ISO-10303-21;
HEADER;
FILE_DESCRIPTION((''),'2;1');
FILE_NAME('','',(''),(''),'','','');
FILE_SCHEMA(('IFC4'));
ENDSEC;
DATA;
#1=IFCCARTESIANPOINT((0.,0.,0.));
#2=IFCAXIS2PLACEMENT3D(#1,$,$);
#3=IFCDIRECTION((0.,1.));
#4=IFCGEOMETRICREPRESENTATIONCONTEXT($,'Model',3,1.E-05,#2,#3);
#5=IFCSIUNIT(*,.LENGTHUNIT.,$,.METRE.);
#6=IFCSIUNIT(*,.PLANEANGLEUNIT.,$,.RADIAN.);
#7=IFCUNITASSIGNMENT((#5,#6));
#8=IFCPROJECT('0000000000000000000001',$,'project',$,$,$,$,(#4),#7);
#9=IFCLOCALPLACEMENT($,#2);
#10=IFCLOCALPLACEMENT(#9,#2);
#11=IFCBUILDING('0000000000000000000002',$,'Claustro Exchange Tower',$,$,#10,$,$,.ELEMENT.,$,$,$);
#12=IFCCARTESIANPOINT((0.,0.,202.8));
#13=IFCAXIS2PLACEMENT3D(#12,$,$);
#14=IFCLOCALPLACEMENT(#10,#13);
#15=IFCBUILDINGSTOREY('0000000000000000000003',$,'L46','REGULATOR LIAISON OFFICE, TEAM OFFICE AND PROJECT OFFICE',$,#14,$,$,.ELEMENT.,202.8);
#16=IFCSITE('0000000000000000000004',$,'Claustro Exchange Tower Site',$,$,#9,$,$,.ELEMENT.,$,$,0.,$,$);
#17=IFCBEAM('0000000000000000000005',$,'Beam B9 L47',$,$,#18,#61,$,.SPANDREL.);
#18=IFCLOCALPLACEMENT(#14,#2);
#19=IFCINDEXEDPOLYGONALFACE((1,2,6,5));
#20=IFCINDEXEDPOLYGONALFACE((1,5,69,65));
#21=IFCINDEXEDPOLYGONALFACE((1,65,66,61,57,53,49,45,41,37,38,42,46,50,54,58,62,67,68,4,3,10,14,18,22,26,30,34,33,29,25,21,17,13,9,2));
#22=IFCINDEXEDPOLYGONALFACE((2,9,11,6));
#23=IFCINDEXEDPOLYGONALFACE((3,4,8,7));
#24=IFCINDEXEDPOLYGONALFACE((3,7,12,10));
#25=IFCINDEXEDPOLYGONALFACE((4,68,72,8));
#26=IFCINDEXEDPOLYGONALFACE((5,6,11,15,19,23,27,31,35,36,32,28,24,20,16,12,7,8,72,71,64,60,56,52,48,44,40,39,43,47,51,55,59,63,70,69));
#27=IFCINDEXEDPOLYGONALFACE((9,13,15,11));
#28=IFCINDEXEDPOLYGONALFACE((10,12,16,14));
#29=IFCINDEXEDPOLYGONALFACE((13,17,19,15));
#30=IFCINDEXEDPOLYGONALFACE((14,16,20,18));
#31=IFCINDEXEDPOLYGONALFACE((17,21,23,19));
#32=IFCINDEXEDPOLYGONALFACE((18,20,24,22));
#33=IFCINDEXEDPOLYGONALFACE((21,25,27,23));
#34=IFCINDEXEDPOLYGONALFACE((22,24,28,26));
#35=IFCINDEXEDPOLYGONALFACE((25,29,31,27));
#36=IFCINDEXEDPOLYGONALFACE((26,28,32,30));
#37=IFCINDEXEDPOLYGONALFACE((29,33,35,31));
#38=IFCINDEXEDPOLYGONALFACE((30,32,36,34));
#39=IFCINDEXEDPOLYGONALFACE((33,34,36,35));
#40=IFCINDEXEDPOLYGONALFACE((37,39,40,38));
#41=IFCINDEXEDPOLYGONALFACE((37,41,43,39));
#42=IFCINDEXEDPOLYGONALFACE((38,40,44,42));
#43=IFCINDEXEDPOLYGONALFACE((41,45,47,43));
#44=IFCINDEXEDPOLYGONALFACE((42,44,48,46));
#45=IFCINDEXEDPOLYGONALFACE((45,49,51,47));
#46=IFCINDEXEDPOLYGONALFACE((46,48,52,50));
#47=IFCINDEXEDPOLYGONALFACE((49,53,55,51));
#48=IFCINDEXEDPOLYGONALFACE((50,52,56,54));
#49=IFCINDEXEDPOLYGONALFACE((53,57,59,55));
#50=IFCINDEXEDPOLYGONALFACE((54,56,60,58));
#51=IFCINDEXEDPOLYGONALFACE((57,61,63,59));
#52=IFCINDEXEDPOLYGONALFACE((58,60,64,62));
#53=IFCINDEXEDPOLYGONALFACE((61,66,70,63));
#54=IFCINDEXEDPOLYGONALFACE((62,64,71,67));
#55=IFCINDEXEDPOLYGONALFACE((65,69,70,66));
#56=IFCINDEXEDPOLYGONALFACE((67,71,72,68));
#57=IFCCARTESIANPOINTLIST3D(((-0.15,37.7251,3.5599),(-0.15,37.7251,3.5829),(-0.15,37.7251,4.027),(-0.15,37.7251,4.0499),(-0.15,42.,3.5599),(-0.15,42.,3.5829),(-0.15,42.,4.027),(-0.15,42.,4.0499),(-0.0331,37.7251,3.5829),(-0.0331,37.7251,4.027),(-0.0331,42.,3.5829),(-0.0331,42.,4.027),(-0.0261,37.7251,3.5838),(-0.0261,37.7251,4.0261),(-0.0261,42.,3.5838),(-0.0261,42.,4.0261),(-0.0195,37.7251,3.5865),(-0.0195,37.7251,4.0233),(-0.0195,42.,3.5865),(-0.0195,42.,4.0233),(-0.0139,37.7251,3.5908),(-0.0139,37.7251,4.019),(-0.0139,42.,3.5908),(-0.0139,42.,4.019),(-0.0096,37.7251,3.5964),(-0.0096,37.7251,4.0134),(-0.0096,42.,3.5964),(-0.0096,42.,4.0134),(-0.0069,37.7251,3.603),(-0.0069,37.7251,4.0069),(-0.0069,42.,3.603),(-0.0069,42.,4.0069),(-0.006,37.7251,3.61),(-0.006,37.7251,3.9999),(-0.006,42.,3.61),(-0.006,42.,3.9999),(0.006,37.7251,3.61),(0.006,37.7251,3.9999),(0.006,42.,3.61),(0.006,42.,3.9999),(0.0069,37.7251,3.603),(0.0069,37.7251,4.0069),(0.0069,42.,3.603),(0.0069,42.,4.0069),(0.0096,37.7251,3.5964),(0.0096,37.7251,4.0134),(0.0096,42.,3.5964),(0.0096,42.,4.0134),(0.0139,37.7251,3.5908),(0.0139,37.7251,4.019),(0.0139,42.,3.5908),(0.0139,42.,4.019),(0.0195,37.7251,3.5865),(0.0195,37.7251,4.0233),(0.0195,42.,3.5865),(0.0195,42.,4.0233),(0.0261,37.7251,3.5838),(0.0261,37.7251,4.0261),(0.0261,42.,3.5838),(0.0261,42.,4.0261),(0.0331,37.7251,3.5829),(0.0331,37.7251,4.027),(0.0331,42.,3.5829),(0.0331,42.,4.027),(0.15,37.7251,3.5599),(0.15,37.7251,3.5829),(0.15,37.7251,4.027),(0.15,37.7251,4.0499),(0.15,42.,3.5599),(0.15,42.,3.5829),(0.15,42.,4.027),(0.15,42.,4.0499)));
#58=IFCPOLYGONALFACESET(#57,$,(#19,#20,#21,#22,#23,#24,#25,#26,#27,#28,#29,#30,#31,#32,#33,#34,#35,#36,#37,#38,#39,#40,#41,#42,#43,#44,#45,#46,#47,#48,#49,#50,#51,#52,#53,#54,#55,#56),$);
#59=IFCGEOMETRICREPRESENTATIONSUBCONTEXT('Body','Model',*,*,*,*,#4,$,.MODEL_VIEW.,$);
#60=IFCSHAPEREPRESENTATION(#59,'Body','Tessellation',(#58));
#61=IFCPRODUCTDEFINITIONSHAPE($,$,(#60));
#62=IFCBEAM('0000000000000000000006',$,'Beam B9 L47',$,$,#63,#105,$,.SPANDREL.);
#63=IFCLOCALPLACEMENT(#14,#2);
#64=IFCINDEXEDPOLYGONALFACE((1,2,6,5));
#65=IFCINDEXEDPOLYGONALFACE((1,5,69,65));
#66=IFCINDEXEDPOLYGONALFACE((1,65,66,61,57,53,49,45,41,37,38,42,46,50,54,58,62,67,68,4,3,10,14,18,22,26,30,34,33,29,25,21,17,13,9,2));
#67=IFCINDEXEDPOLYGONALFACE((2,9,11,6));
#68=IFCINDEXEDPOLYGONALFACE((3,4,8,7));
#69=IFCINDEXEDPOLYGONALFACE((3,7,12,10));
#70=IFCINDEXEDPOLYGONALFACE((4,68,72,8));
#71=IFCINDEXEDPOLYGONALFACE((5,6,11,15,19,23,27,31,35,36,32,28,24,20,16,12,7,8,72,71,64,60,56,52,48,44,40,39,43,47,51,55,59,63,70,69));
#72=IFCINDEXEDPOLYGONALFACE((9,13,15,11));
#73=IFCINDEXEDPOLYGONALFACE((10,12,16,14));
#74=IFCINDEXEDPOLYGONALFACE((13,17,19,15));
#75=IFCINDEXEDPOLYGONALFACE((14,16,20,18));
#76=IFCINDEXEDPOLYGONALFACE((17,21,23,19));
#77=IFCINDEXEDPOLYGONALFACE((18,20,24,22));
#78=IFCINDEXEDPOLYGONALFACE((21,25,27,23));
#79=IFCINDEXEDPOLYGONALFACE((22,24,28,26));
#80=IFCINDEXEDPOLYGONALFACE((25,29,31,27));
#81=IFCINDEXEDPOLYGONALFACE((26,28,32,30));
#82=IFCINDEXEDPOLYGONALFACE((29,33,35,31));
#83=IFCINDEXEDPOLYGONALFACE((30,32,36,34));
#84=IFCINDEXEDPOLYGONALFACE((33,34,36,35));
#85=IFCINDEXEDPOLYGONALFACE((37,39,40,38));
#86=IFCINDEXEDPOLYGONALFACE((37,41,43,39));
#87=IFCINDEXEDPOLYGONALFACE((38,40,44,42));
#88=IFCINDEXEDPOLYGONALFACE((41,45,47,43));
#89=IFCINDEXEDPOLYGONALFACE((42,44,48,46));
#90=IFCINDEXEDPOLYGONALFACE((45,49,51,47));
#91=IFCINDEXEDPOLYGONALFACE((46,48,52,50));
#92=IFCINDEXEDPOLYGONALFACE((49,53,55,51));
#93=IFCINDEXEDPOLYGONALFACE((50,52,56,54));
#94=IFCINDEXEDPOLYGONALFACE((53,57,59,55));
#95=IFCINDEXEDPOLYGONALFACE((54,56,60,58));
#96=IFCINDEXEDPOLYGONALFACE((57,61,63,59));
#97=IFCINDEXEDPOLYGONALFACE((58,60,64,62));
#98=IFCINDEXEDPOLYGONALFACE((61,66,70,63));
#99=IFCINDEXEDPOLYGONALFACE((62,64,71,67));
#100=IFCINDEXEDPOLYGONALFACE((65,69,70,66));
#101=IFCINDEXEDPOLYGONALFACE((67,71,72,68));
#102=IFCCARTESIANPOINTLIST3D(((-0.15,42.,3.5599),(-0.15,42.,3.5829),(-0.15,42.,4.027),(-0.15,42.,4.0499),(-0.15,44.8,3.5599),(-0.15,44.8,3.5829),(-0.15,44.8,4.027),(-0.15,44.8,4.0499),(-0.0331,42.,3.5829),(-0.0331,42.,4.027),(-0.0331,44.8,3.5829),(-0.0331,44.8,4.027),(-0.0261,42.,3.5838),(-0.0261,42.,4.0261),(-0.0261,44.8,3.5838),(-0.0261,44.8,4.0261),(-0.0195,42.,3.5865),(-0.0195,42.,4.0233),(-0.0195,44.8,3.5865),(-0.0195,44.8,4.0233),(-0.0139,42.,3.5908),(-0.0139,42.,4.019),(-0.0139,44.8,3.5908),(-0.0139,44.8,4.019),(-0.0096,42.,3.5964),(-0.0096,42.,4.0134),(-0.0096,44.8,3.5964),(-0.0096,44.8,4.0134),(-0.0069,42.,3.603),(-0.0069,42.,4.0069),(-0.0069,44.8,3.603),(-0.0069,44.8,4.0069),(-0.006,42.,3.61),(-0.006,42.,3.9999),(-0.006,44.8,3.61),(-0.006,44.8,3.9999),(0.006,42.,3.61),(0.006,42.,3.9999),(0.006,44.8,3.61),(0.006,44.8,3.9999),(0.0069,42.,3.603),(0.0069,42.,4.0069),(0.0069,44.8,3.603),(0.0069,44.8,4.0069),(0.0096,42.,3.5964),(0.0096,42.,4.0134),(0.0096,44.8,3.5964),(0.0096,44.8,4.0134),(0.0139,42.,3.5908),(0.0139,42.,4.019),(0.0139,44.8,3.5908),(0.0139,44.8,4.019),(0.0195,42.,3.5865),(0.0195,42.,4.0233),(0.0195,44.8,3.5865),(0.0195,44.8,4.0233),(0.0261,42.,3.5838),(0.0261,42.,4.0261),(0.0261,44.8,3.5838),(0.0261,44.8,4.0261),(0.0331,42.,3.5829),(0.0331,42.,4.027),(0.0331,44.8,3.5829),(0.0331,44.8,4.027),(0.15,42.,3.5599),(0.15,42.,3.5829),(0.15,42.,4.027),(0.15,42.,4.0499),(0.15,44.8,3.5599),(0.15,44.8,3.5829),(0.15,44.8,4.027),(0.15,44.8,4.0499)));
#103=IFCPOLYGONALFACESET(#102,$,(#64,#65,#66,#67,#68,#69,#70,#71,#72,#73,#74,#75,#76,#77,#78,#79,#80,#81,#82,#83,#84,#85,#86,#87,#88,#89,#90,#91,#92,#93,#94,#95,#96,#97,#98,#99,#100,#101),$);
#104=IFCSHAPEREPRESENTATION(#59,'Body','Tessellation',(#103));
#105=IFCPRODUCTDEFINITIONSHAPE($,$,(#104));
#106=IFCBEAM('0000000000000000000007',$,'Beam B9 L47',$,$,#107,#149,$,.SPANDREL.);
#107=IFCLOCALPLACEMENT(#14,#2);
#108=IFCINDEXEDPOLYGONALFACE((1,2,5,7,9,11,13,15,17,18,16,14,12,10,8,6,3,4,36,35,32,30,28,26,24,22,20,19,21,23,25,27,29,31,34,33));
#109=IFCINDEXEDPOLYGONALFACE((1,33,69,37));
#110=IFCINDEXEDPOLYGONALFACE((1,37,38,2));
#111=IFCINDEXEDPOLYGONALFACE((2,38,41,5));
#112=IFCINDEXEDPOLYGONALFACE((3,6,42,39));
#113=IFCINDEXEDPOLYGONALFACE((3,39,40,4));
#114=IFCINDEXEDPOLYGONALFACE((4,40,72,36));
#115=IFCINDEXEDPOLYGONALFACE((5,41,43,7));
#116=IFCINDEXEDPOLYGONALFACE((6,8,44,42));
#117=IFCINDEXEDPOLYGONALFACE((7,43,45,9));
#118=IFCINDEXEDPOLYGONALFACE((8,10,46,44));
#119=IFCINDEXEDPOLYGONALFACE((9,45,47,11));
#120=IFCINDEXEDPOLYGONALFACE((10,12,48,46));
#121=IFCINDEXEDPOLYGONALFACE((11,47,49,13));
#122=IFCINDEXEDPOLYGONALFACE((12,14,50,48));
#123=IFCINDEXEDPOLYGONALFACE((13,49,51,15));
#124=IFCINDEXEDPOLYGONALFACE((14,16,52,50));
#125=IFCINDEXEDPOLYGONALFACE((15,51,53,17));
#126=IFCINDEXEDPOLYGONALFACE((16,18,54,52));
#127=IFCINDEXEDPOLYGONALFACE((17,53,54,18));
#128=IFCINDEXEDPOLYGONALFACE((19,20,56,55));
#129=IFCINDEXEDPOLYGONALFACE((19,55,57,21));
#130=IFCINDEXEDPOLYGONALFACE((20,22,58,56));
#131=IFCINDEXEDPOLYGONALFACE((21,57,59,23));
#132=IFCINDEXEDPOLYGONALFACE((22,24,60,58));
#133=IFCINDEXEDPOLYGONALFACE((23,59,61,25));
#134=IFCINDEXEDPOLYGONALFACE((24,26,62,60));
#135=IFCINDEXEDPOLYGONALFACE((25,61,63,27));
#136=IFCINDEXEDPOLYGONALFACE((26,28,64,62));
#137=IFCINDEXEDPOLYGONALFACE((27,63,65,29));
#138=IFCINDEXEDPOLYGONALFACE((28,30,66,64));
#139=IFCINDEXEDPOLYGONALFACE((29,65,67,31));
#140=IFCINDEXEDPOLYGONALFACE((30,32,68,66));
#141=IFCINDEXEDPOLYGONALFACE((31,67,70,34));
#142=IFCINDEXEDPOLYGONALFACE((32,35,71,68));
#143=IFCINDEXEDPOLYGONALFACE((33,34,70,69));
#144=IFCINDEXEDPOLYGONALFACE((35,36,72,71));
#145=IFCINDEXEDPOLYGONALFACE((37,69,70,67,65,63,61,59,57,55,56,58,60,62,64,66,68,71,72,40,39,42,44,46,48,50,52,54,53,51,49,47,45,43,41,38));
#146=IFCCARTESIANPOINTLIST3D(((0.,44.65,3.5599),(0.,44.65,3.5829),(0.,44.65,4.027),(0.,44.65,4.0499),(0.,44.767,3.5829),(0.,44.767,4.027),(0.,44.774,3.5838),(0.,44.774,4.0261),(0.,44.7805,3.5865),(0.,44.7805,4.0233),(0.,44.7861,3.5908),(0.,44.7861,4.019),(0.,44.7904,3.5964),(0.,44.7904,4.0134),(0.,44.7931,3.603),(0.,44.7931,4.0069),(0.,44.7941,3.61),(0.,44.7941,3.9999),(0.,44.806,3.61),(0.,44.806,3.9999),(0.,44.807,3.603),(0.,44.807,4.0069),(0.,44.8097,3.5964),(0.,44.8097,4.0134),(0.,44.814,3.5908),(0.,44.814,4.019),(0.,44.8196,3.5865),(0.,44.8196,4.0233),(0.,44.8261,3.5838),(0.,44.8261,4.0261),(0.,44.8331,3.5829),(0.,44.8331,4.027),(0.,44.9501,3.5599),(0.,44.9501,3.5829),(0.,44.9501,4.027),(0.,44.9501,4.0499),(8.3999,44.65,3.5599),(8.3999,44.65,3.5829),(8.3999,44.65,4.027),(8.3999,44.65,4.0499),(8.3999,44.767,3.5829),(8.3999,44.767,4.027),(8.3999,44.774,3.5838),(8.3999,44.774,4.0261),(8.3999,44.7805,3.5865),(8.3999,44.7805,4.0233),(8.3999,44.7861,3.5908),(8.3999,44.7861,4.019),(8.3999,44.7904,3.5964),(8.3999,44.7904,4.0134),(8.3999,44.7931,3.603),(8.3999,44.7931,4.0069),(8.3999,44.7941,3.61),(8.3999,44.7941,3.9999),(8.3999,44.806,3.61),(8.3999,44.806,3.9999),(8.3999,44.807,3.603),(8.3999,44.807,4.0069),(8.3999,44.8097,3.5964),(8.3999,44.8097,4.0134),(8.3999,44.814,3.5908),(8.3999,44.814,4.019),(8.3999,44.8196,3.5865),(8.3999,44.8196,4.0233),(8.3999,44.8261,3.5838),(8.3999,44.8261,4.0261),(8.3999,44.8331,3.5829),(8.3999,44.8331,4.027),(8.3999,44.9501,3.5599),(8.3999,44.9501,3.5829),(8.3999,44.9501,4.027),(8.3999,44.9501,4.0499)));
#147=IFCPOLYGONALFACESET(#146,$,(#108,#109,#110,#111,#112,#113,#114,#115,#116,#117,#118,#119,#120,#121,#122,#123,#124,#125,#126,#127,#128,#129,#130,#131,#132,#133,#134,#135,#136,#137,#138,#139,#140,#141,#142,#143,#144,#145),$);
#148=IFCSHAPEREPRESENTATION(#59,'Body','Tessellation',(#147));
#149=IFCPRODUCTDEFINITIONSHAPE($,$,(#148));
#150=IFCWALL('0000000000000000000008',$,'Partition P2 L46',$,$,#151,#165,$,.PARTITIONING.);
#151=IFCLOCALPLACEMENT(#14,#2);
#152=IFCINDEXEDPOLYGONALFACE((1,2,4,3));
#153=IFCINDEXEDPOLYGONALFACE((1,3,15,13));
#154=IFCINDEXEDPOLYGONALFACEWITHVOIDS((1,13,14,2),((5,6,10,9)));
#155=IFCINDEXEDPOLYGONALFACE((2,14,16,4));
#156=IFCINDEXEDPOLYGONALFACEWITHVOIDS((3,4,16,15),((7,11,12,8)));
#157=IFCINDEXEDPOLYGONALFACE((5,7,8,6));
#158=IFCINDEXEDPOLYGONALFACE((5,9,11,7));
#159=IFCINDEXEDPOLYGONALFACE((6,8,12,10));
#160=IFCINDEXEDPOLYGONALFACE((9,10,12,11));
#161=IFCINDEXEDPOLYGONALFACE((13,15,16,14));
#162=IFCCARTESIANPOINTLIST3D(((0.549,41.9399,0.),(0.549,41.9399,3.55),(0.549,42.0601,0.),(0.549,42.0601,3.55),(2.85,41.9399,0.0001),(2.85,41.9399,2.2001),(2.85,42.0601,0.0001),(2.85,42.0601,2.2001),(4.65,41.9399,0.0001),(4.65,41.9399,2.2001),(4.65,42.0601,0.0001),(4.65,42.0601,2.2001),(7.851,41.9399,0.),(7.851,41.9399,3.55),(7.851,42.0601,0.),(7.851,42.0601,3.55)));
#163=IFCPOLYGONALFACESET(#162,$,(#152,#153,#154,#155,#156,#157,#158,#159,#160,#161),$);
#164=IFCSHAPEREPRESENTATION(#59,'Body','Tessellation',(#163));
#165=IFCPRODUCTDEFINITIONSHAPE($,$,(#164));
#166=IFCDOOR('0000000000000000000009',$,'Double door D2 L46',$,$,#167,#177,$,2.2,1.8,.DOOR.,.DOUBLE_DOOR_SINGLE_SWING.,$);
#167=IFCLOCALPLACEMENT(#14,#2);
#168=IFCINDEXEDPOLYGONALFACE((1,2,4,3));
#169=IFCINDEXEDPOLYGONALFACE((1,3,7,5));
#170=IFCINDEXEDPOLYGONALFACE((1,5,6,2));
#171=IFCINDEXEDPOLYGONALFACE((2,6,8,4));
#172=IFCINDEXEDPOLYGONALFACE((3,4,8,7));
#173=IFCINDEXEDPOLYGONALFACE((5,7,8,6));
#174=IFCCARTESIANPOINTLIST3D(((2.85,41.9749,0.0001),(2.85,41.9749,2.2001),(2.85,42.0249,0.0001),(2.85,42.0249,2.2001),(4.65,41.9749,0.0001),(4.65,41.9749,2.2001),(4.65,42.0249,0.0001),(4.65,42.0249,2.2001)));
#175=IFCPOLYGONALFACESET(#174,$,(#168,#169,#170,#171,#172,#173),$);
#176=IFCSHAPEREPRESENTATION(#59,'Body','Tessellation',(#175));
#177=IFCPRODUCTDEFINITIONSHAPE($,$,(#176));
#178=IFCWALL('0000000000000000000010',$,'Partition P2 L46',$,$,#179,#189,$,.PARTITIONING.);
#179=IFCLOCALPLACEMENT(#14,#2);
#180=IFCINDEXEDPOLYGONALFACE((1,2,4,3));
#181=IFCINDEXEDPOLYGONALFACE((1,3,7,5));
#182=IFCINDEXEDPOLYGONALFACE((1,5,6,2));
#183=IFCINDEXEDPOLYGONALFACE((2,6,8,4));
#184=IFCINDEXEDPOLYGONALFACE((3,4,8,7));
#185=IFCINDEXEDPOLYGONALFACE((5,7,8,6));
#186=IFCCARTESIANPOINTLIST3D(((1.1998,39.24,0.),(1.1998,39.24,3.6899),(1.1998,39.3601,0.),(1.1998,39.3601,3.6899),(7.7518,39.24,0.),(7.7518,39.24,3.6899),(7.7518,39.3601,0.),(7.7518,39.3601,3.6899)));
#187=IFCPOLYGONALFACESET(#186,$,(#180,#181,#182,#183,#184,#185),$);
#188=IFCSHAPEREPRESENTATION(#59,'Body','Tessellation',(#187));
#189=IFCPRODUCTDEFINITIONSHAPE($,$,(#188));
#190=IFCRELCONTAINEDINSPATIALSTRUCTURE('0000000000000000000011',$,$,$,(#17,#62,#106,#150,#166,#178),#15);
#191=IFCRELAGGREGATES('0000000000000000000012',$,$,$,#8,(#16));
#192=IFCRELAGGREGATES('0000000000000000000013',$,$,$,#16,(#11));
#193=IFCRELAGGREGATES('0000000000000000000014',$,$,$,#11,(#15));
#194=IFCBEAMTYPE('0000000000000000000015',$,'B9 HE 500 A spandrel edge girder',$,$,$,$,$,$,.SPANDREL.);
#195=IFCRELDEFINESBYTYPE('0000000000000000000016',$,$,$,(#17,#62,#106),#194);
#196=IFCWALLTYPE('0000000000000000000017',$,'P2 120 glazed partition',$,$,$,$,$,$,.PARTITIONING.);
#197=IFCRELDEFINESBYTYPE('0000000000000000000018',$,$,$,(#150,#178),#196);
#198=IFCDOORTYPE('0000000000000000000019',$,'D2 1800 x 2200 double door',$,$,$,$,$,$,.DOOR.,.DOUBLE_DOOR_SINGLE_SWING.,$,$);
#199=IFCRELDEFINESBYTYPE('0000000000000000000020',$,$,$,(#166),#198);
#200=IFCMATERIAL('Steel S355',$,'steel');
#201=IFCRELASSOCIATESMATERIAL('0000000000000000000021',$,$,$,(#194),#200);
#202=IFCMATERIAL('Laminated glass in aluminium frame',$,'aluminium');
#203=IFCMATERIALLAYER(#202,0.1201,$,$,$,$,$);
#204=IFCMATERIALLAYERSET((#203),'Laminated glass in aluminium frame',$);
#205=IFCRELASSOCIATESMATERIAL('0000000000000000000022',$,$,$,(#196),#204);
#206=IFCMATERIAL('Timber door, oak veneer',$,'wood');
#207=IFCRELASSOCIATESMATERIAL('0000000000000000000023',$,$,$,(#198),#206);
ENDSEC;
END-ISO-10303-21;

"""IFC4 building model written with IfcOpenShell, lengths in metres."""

from ifc_helpers import new_model, si_unit, direction, frame, frame_2d, origin, origin_2d, place, context, subcontext, project, spatial, rectangle, i_section, extrude, material, layer, layer_set, material_profile, profile_set, type_object, element, fill, save


model = new_model("IFC4")

# Units and contexts
model_context = context("Model", 3, precision=1e-05, world=origin(), true_north=direction((0.0, 1.0)))
body_context = subcontext(model_context, "Body", "Model", "MODEL_VIEW")
ifc_project = project(units=[si_unit("LENGTHUNIT", "METRE"), si_unit("PLANEANGLEUNIT", "RADIAN")], contexts=[model_context])

# Site, building, storey
site_placement = place(None, origin())
site = spatial("IfcSite", under=ifc_project, at=site_placement, Name="Claustro Exchange Tower Site", CompositionType="ELEMENT", RefElevation=0.0)
building_placement = place(site_placement, origin())
building = spatial("IfcBuilding", under=site, at=building_placement, Name="Claustro Exchange Tower", CompositionType="ELEMENT")
storey_placement = place(building_placement, frame((0.0, 0.0, 202.8)))
storey = spatial("IfcBuildingStorey", under=building, at=storey_placement, Name="L46", Description="REGULATOR LIAISON OFFICE, TEAM OFFICE AND PROJECT OFFICE", CompositionType="ELEMENT", Elevation=202.8)

# Beams
ifc_material_1 = material(Name="Steel S355", Category="steel")
ifc_material_profile_1 = material_profile(ifc_material_1, i_section(OverallWidth=0.3, OverallDepth=0.49, WebThickness=0.012, FlangeThickness=0.0229, FilletRadius=0.0271, at=origin_2d()), Name="HE 500 A")
ifc_profile_set_1 = profile_set([ifc_material_profile_1], Name="Steel S355")
beam_type_1 = type_object("IfcBeamType", Name="B9 HE 500 A spandrel edge girder", PredefinedType="SPANDREL", material=ifc_profile_set_1)
beam_1_placement = place(storey_placement, frame((0.0, 37.7251, 3.8049), z_axis=(0.0, 1.0, 0.0), x_axis=(-1.0, 0.0, 0.0)))
element("IfcBeam", 1, at=beam_1_placement, inside=storey, type_object=beam_type_1, Name="Beam B9 L47", PredefinedType="SPANDREL", context=body_context, shape_type="SweptSolid", body=[
    extrude(i_section(OverallWidth=0.3, OverallDepth=0.49, WebThickness=0.012, FlangeThickness=0.0229, FilletRadius=0.0271, at=origin_2d()), origin(), (0.0, 0.0, 1.0), 4.2749),
])
beam_2_placement = place(storey_placement, frame((0.0, 42.0, 3.8049), z_axis=(0.0, 1.0, 0.0), x_axis=(-1.0, 0.0, 0.0)))
element("IfcBeam", 2, at=beam_2_placement, inside=storey, type_object=beam_type_1, Name="Beam B9 L47", PredefinedType="SPANDREL", context=body_context, shape_type="SweptSolid", body=[
    extrude(i_section(OverallWidth=0.3, OverallDepth=0.49, WebThickness=0.012, FlangeThickness=0.0229, FilletRadius=0.0271, at=origin_2d()), origin(), (0.0, 0.0, 1.0), 2.8),
])
beam_3_placement = place(storey_placement, frame((0.0, 44.8, 3.8049), z_axis=(1.0, 0.0, 0.0), x_axis=(0.0, 1.0, 0.0)))
element("IfcBeam", 3, at=beam_3_placement, inside=storey, type_object=beam_type_1, Name="Beam B9 L47", PredefinedType="SPANDREL", context=body_context, shape_type="SweptSolid", body=[
    extrude(i_section(OverallWidth=0.3, OverallDepth=0.49, WebThickness=0.012, FlangeThickness=0.0229, FilletRadius=0.0271, at=origin_2d()), origin(), (0.0, 0.0, 1.0), 8.3999),
])

# Wall, opening, door
ifc_material_2 = material(Name="Laminated glass in aluminium frame", Category="aluminium")
ifc_layer_1 = layer(ifc_material_2, 0.1201)
ifc_layer_set_1 = layer_set([ifc_layer_1], Name="Laminated glass in aluminium frame")
wall_type_1 = type_object("IfcWallType", Name="P2 120 glazed partition", PredefinedType="PARTITIONING", material=ifc_layer_set_1)
wall_1_placement = place(storey_placement, frame((0.5491, 42.0, 0.0), z_axis=(0.0, 0.0, 1.0), x_axis=(1.0, 0.0, 0.0)))
wall_1 = element("IfcWall", 4, at=wall_1_placement, inside=storey, type_object=wall_type_1, Name="Partition P2 L46", PredefinedType="PARTITIONING", context=body_context, shape_type="SweptSolid", body=[
    extrude(rectangle(XDim=7.302, YDim=0.1201, at=frame_2d((3.6509, 0.0))), origin(), (0.0, 0.0, 1.0), 3.55),
])
opening_1_placement = place(wall_1_placement, frame((2.301, 0.0, 0.0)))
opening_1 = element("IfcOpeningElement", 5, at=opening_1_placement, cuts=wall_1, PredefinedType="OPENING", context=body_context, shape_type="SweptSolid", body=[
    extrude(rectangle(XDim=1.8, YDim=2.2, at=frame_2d((0.8999, 1.1001))), frame((0.0, 0.0701, 0.0), z_axis=(0.0, -1.0, 0.0), x_axis=(1.0, 0.0, 0.0)), (0.0, 0.0, 1.0), 0.1401),
])
ifc_material_3 = material(Name="Timber door, oak veneer", Category="wood")
door_type = type_object("IfcDoorType", Name="D2 1800 x 2200 double door", OperationType="DOUBLE_DOOR_SINGLE_SWING", PredefinedType="DOOR", material=ifc_material_3)
door_placement = place(opening_1_placement, origin())
door = element("IfcDoor", 6, at=door_placement, inside=storey, type_object=door_type, Name="Double door D2 L46", OperationType="DOUBLE_DOOR_SINGLE_SWING", OverallHeight=2.2, OverallWidth=1.8, PredefinedType="DOOR", context=body_context, shape_type="SweptSolid", body=[
    extrude(rectangle(XDim=1.8, YDim=2.2, at=frame_2d((0.8999, 1.1001))), frame((0.0, 0.0249, 0.0), z_axis=(0.0, -1.0, 0.0), x_axis=(1.0, 0.0, 0.0)), (0.0, 0.0, 1.0), 0.05),
])
fill(opening_1, door)

# Wall
wall_2_placement = place(storey_placement, frame((1.2, 39.3, 0.0), z_axis=(0.0, 0.0, 1.0), x_axis=(1.0, 0.0, 0.0)))
element("IfcWall", 7, at=wall_2_placement, inside=storey, type_object=wall_type_1, Name="Partition P2 L46", PredefinedType="PARTITIONING", context=body_context, shape_type="SweptSolid", body=[
    extrude(rectangle(XDim=6.552, YDim=0.1201, at=frame_2d((3.2759, 0.0))), origin(), (0.0, 0.0, 1.0), 3.6899),
])

save(model, "model.ifc")
